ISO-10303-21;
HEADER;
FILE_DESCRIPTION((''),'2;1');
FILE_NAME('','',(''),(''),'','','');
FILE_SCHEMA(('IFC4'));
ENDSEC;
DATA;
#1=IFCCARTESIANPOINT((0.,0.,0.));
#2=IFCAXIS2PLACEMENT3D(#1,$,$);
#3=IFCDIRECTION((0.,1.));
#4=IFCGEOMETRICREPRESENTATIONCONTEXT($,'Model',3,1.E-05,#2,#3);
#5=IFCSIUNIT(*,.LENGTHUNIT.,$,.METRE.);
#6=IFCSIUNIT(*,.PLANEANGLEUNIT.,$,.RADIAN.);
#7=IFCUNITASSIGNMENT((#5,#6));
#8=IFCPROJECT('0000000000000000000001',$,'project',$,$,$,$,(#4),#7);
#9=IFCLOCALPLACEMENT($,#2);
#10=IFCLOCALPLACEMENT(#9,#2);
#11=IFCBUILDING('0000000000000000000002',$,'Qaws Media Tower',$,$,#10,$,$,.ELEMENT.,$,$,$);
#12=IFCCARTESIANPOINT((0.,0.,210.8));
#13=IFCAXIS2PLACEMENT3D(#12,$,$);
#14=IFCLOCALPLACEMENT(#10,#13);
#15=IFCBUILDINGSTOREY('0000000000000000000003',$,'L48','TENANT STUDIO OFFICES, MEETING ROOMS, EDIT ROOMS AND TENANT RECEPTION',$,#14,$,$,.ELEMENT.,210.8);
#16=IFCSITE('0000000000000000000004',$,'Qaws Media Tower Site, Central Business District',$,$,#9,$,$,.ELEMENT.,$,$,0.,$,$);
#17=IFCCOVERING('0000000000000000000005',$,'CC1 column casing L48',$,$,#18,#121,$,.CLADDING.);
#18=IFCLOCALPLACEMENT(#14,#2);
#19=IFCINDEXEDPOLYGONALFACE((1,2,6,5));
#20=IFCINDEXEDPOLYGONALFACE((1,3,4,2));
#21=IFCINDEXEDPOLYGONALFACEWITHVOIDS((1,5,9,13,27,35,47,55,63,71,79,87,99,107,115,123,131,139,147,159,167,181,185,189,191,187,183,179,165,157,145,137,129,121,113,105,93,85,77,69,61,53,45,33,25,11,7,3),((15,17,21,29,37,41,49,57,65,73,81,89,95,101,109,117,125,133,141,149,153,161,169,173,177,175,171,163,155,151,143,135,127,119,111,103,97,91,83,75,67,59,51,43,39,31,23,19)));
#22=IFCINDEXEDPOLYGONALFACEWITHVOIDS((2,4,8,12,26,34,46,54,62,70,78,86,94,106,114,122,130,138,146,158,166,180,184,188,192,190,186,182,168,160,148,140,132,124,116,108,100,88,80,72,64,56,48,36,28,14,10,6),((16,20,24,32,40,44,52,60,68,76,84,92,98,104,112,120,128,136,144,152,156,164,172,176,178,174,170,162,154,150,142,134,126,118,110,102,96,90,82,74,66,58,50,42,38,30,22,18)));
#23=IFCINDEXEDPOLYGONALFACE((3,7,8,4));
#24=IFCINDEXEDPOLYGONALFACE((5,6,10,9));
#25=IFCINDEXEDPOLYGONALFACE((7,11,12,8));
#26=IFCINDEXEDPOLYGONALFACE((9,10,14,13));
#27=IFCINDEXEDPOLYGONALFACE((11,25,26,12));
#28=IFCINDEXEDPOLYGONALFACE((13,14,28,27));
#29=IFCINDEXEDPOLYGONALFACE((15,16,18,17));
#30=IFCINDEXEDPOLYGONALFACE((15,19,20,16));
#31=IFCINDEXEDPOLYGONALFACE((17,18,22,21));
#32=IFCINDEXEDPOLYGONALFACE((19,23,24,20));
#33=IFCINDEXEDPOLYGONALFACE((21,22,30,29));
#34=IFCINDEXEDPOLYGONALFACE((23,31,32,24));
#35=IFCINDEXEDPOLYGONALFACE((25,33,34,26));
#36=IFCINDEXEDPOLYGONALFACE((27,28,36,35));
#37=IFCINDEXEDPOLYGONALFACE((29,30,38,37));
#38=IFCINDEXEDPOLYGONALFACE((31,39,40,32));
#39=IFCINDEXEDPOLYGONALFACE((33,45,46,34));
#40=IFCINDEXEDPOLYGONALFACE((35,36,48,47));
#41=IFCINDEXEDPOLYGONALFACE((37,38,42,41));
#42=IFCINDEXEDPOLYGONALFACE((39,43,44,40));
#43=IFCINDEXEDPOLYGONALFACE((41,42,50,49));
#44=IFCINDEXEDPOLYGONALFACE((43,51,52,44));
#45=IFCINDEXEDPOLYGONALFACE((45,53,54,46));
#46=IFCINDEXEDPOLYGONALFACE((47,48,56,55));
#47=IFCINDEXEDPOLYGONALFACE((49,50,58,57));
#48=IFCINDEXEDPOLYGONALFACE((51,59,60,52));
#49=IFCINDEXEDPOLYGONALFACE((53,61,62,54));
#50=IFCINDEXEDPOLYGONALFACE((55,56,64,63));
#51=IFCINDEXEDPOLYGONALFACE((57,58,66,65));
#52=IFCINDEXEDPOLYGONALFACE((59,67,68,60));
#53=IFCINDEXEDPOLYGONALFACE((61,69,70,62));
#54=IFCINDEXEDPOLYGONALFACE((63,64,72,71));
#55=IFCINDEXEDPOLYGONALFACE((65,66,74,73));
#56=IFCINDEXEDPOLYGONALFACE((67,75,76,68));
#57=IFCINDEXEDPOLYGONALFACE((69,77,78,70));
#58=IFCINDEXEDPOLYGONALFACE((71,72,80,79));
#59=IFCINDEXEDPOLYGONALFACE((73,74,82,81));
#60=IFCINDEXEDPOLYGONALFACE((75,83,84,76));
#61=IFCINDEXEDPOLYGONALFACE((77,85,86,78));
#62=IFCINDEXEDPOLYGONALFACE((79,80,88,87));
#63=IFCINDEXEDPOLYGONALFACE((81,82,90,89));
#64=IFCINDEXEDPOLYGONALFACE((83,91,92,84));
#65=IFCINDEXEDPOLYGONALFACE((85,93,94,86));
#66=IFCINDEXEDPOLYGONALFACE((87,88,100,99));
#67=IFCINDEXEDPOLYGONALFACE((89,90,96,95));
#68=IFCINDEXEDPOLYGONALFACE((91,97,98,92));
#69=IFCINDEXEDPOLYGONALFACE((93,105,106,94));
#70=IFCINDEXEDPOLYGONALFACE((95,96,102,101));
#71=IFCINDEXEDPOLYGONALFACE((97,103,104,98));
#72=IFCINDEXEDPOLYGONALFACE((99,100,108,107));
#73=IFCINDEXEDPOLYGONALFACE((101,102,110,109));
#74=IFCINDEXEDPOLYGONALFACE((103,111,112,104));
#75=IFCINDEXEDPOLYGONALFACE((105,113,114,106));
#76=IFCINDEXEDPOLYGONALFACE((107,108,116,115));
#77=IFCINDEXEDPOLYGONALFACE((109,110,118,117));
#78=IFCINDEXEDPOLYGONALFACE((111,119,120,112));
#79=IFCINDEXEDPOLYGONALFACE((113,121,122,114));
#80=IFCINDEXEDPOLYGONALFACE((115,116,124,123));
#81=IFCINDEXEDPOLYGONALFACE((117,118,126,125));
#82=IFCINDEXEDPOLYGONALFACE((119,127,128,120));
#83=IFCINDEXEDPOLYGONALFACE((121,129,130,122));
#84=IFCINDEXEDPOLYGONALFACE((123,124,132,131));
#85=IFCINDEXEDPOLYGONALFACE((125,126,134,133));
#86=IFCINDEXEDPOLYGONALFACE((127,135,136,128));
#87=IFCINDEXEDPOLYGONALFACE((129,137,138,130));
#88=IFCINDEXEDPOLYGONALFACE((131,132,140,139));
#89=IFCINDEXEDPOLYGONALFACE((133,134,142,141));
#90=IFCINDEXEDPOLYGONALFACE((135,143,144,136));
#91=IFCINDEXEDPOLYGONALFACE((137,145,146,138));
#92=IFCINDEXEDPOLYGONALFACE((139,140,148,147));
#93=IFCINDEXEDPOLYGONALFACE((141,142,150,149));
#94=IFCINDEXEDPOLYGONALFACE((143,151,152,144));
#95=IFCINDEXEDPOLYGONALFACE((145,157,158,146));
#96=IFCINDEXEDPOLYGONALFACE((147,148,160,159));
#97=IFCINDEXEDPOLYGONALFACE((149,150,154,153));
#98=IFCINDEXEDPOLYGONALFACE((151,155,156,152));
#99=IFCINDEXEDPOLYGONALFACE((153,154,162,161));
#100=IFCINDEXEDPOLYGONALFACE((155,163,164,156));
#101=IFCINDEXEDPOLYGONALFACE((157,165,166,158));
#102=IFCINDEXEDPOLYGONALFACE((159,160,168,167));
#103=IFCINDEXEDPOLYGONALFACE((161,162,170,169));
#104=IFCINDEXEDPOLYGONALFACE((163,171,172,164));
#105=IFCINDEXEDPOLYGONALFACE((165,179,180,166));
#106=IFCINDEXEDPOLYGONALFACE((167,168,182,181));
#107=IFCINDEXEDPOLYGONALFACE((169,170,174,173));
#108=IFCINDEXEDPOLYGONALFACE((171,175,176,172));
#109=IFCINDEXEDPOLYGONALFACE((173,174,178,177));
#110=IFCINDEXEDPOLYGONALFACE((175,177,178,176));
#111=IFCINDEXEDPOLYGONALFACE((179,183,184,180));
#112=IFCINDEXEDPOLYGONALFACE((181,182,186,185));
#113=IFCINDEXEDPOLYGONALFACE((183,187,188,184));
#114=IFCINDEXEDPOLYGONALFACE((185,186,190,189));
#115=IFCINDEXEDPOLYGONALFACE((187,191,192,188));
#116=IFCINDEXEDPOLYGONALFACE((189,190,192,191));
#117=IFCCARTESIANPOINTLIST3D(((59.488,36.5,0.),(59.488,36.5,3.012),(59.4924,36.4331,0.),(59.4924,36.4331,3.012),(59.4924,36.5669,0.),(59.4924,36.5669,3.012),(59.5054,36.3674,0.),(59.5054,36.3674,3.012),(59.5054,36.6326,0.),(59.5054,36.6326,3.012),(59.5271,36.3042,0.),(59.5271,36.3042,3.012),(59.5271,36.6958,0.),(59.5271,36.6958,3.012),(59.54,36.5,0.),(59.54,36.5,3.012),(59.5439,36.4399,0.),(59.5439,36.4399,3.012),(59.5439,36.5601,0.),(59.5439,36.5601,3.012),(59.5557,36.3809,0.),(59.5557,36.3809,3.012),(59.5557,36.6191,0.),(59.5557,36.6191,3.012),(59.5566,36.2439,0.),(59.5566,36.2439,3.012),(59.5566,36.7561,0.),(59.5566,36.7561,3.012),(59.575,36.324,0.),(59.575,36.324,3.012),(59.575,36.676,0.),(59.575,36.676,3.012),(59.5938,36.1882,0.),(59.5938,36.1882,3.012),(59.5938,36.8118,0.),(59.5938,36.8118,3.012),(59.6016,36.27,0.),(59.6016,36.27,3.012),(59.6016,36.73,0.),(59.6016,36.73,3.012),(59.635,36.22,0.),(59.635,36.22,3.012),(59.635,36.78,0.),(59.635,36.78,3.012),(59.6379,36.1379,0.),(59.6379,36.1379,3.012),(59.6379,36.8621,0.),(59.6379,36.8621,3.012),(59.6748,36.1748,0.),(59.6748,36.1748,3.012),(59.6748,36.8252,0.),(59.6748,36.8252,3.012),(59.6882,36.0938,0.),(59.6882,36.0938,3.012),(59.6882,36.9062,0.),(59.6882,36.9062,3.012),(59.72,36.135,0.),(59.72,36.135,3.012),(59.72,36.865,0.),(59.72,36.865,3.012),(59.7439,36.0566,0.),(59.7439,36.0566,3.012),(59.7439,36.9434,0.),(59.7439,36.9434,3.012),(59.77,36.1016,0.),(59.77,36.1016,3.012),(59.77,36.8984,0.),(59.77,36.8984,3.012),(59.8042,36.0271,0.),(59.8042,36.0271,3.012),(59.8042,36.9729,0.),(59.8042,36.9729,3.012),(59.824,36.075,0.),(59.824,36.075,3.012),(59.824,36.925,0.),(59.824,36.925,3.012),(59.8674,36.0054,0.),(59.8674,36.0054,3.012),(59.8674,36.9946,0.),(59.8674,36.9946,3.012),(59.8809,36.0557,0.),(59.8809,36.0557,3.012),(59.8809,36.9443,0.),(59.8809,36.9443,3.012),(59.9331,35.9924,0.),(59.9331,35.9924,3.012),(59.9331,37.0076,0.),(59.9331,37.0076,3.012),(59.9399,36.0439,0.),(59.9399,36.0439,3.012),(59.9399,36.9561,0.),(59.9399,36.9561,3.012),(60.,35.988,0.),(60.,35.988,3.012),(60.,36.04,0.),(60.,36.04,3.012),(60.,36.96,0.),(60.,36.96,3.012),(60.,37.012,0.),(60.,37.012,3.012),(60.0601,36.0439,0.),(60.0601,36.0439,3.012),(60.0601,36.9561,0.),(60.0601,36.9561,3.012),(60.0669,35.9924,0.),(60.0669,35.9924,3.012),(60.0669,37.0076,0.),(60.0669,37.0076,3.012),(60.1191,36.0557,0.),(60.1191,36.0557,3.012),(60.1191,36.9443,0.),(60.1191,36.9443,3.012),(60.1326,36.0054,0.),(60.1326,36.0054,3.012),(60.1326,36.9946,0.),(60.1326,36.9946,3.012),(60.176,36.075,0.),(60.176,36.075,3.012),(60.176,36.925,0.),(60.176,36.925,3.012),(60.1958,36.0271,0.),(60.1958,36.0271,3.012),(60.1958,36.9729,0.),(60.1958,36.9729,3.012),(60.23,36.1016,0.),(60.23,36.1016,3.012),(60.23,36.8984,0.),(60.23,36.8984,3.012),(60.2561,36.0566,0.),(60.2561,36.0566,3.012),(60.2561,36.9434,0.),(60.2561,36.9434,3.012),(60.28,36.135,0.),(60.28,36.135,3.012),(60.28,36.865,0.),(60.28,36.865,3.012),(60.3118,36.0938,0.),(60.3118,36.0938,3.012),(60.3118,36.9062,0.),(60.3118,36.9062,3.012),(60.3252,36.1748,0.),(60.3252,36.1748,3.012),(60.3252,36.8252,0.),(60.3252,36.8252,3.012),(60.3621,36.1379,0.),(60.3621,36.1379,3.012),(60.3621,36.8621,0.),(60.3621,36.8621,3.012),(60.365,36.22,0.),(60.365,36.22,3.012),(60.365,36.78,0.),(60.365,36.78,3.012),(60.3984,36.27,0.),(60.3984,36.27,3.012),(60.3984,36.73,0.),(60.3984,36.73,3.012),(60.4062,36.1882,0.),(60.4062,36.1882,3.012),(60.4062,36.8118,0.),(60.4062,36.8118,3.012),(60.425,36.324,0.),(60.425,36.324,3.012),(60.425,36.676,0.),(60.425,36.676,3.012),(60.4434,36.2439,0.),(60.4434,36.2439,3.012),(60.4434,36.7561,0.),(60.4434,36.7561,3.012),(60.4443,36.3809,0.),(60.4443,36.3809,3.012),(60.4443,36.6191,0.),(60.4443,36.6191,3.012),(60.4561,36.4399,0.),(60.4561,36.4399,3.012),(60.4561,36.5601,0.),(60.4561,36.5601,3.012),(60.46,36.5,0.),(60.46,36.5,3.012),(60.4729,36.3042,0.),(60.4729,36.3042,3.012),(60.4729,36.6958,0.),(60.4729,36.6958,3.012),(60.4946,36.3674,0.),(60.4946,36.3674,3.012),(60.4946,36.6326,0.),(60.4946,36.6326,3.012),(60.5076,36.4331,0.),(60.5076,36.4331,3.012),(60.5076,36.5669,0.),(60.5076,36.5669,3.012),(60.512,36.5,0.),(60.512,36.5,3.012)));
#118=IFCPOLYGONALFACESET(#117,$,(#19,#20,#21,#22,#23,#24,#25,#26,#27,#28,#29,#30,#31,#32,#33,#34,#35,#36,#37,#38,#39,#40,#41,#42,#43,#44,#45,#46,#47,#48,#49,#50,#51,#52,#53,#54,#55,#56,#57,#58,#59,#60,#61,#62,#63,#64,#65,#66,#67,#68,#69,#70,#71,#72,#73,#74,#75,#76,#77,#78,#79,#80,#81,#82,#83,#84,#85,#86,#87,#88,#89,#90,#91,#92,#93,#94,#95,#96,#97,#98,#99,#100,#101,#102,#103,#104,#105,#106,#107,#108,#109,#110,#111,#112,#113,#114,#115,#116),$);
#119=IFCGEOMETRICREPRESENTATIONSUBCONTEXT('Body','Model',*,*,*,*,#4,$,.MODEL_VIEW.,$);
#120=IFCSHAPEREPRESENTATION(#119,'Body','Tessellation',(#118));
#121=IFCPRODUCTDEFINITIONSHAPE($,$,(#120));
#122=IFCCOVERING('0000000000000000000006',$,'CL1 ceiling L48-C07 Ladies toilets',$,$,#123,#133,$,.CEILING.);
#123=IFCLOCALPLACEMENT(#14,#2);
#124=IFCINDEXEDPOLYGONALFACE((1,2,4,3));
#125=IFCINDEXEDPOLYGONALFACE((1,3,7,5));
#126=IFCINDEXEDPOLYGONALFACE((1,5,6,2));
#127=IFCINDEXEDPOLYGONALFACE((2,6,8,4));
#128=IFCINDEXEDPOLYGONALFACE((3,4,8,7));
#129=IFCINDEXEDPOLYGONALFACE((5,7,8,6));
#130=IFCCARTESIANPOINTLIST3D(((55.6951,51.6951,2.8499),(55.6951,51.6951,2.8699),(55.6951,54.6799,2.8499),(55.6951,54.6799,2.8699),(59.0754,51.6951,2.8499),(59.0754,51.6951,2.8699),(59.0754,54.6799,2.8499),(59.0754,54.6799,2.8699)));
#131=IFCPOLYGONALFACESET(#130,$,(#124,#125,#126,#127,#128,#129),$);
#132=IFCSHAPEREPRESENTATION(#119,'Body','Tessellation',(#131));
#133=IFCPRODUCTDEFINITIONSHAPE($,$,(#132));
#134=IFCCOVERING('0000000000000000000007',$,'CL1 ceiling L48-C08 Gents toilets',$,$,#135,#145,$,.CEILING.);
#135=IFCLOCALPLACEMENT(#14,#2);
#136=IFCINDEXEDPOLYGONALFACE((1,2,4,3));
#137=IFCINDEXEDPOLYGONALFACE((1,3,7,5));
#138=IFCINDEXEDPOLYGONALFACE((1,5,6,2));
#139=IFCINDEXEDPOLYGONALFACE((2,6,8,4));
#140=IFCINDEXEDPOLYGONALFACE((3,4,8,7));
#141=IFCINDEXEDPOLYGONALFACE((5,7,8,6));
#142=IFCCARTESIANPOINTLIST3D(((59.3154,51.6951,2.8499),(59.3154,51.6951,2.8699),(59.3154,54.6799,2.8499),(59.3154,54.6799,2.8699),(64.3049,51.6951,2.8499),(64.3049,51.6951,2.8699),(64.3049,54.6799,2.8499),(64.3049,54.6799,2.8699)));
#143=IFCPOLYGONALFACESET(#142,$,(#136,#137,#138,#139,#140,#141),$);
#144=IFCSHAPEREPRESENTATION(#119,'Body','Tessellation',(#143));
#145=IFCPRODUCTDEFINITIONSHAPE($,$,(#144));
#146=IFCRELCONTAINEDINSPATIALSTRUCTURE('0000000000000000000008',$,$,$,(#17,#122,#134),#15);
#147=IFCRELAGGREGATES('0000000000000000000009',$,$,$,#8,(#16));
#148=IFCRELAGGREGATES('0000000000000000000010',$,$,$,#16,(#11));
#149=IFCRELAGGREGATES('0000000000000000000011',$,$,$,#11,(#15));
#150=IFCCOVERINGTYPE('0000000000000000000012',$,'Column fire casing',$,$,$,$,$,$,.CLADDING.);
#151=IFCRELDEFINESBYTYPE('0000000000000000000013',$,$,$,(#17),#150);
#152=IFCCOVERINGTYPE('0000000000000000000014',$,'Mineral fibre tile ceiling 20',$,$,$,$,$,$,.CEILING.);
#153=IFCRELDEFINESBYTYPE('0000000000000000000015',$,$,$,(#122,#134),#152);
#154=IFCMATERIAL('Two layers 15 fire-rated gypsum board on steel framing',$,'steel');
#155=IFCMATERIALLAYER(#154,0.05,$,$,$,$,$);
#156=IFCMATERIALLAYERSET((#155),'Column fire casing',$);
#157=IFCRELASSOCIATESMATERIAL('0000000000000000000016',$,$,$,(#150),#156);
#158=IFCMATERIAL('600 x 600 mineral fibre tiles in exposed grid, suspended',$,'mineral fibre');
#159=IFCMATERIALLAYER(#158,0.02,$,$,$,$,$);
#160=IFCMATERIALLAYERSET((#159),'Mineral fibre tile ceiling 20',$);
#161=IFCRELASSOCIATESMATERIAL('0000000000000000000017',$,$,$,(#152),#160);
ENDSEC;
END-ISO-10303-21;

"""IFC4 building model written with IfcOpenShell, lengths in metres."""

from ifc_helpers import new_model, si_unit, direction, frame, origin, place, context, subcontext, project, spatial, polyline, outline, extrude, material, layer, layer_set, type_object, element, save


model = new_model("IFC4")

# Units and contexts
model_context = context("Model", 3, precision=1e-05, world=origin(), true_north=direction((0.0, 1.0)))
body_context = subcontext(model_context, "Body", "Model", "MODEL_VIEW")
ifc_project = project(units=[si_unit("LENGTHUNIT", "METRE"), si_unit("PLANEANGLEUNIT", "RADIAN")], contexts=[model_context])

# Site, building, storey
site_placement = place(None, origin())
site = spatial("IfcSite", under=ifc_project, at=site_placement, Name="Qaws Media Tower Site, Central Business District", CompositionType="ELEMENT", RefElevation=0.0)
building_placement = place(site_placement, origin())
building = spatial("IfcBuilding", under=site, at=building_placement, Name="Qaws Media Tower", CompositionType="ELEMENT")
storey_placement = place(building_placement, frame((0.0, 0.0, 210.8)))
storey = spatial("IfcBuildingStorey", under=building, at=storey_placement, Name="L48", Description="TENANT STUDIO OFFICES, MEETING ROOMS, EDIT ROOMS AND TENANT RECEPTION", CompositionType="ELEMENT", Elevation=210.8)

# Coverings
ifc_material_1 = material(Name="Two layers 15 fire-rated gypsum board on steel framing", Category="steel")
ifc_layer_1 = layer(ifc_material_1, 0.05)
ifc_layer_set_1 = layer_set([ifc_layer_1], Name="Column fire casing")
covering_type_1 = type_object("IfcCoveringType", Name="Column fire casing", PredefinedType="CLADDING", material=ifc_layer_set_1)
covering_1_placement = place(storey_placement, origin())
element("IfcCovering", 1, at=covering_1_placement, inside=storey, type_object=covering_type_1, Name="CC1 column casing L48", PredefinedType="CLADDING", context=body_context, shape_type="SweptSolid", body=[
    extrude(outline(polyline([(60.512, 36.5), (60.5076, 36.4331), (60.4946, 36.3674), (60.4729, 36.3042), (60.4434, 36.2439), (60.4062, 36.1882), (60.3621, 36.1379), (60.3118, 36.0938), (60.2561, 36.0566), (60.1958, 36.0271), (60.1326, 36.0054), (60.0669, 35.9924), (60.0, 35.988), (59.9331, 35.9924), (59.8674, 36.0054), (59.8042, 36.0271), (59.7439, 36.0566), (59.6882, 36.0938), (59.6379, 36.1379), (59.5938, 36.1882), (59.5566, 36.2439), (59.5271, 36.3042), (59.5054, 36.3674), (59.4924, 36.4331), (59.488, 36.5), (59.4924, 36.5669), (59.5054, 36.6326), (59.5271, 36.6958), (59.5566, 36.7561), (59.5938, 36.8118), (59.6379, 36.8621), (59.6882, 36.9062), (59.7439, 36.9434), (59.8042, 36.9729), (59.8674, 36.9946), (59.9331, 37.0076), (60.0, 37.012), (60.0669, 37.0076), (60.1326, 36.9946), (60.1958, 36.9729), (60.2561, 36.9434), (60.3118, 36.9062), (60.3621, 36.8621), (60.4062, 36.8118), (60.4434, 36.7561), (60.4729, 36.6958), (60.4946, 36.6326), (60.5076, 36.5669), (60.512, 36.5)]), holes=[polyline([(60.46, 36.5), (60.4561, 36.4399), (60.4443, 36.3809), (60.425, 36.324), (60.3984, 36.27), (60.365, 36.22), (60.3252, 36.1748), (60.28, 36.135), (60.23, 36.1016), (60.176, 36.075), (60.1191, 36.0557), (60.0601, 36.0439), (60.0, 36.04), (59.9399, 36.0439), (59.8809, 36.0557), (59.824, 36.075), (59.77, 36.1016), (59.72, 36.135), (59.6748, 36.1748), (59.635, 36.22), (59.6016, 36.27), (59.575, 36.324), (59.5557, 36.3809), (59.5439, 36.4399), (59.54, 36.5), (59.5439, 36.5601), (59.5557, 36.6191), (59.575, 36.676), (59.6016, 36.73), (59.635, 36.78), (59.6748, 36.8252), (59.72, 36.865), (59.77, 36.8984), (59.824, 36.925), (59.8809, 36.9443), (59.9399, 36.9561), (60.0, 36.96), (60.0601, 36.9561), (60.1191, 36.9443), (60.176, 36.925), (60.23, 36.8984), (60.28, 36.865), (60.3252, 36.8252), (60.365, 36.78), (60.3984, 36.73), (60.425, 36.676), (60.4443, 36.6191), (60.4561, 36.5601), (60.46, 36.5)])]), origin(), (0.0, 0.0, 1.0), 3.012),
])
ifc_material_2 = material(Name="600 x 600 mineral fibre tiles in exposed grid, suspended", Category="mineral fibre")
ifc_layer_2 = layer(ifc_material_2, 0.02)
ifc_layer_set_2 = layer_set([ifc_layer_2], Name="Mineral fibre tile ceiling 20")
covering_type_2 = type_object("IfcCoveringType", Name="Mineral fibre tile ceiling 20", PredefinedType="CEILING", material=ifc_layer_set_2)
covering_2_placement = place(storey_placement, frame((0.0, 0.0, 2.8499)))
element("IfcCovering", 2, at=covering_2_placement, inside=storey, type_object=covering_type_2, Name="CL1 ceiling L48-C07 Ladies toilets", PredefinedType="CEILING", context=body_context, shape_type="SweptSolid", body=[
    extrude(outline(polyline([(55.6951, 51.6951), (55.6951, 54.6799), (59.0754, 54.6799), (59.0754, 51.6951), (55.6951, 51.6951)])), origin(), (0.0, 0.0, 1.0), 0.02),
])
covering_3_placement = place(storey_placement, frame((0.0, 0.0, 2.8499)))
element("IfcCovering", 3, at=covering_3_placement, inside=storey, type_object=covering_type_2, Name="CL1 ceiling L48-C08 Gents toilets", PredefinedType="CEILING", context=body_context, shape_type="SweptSolid", body=[
    extrude(outline(polyline([(59.3154, 51.6951), (59.3154, 54.6799), (64.3049, 54.6799), (64.3049, 51.6951), (59.3154, 51.6951)])), origin(), (0.0, 0.0, 1.0), 0.02),
])

save(model, "model.ifc")
